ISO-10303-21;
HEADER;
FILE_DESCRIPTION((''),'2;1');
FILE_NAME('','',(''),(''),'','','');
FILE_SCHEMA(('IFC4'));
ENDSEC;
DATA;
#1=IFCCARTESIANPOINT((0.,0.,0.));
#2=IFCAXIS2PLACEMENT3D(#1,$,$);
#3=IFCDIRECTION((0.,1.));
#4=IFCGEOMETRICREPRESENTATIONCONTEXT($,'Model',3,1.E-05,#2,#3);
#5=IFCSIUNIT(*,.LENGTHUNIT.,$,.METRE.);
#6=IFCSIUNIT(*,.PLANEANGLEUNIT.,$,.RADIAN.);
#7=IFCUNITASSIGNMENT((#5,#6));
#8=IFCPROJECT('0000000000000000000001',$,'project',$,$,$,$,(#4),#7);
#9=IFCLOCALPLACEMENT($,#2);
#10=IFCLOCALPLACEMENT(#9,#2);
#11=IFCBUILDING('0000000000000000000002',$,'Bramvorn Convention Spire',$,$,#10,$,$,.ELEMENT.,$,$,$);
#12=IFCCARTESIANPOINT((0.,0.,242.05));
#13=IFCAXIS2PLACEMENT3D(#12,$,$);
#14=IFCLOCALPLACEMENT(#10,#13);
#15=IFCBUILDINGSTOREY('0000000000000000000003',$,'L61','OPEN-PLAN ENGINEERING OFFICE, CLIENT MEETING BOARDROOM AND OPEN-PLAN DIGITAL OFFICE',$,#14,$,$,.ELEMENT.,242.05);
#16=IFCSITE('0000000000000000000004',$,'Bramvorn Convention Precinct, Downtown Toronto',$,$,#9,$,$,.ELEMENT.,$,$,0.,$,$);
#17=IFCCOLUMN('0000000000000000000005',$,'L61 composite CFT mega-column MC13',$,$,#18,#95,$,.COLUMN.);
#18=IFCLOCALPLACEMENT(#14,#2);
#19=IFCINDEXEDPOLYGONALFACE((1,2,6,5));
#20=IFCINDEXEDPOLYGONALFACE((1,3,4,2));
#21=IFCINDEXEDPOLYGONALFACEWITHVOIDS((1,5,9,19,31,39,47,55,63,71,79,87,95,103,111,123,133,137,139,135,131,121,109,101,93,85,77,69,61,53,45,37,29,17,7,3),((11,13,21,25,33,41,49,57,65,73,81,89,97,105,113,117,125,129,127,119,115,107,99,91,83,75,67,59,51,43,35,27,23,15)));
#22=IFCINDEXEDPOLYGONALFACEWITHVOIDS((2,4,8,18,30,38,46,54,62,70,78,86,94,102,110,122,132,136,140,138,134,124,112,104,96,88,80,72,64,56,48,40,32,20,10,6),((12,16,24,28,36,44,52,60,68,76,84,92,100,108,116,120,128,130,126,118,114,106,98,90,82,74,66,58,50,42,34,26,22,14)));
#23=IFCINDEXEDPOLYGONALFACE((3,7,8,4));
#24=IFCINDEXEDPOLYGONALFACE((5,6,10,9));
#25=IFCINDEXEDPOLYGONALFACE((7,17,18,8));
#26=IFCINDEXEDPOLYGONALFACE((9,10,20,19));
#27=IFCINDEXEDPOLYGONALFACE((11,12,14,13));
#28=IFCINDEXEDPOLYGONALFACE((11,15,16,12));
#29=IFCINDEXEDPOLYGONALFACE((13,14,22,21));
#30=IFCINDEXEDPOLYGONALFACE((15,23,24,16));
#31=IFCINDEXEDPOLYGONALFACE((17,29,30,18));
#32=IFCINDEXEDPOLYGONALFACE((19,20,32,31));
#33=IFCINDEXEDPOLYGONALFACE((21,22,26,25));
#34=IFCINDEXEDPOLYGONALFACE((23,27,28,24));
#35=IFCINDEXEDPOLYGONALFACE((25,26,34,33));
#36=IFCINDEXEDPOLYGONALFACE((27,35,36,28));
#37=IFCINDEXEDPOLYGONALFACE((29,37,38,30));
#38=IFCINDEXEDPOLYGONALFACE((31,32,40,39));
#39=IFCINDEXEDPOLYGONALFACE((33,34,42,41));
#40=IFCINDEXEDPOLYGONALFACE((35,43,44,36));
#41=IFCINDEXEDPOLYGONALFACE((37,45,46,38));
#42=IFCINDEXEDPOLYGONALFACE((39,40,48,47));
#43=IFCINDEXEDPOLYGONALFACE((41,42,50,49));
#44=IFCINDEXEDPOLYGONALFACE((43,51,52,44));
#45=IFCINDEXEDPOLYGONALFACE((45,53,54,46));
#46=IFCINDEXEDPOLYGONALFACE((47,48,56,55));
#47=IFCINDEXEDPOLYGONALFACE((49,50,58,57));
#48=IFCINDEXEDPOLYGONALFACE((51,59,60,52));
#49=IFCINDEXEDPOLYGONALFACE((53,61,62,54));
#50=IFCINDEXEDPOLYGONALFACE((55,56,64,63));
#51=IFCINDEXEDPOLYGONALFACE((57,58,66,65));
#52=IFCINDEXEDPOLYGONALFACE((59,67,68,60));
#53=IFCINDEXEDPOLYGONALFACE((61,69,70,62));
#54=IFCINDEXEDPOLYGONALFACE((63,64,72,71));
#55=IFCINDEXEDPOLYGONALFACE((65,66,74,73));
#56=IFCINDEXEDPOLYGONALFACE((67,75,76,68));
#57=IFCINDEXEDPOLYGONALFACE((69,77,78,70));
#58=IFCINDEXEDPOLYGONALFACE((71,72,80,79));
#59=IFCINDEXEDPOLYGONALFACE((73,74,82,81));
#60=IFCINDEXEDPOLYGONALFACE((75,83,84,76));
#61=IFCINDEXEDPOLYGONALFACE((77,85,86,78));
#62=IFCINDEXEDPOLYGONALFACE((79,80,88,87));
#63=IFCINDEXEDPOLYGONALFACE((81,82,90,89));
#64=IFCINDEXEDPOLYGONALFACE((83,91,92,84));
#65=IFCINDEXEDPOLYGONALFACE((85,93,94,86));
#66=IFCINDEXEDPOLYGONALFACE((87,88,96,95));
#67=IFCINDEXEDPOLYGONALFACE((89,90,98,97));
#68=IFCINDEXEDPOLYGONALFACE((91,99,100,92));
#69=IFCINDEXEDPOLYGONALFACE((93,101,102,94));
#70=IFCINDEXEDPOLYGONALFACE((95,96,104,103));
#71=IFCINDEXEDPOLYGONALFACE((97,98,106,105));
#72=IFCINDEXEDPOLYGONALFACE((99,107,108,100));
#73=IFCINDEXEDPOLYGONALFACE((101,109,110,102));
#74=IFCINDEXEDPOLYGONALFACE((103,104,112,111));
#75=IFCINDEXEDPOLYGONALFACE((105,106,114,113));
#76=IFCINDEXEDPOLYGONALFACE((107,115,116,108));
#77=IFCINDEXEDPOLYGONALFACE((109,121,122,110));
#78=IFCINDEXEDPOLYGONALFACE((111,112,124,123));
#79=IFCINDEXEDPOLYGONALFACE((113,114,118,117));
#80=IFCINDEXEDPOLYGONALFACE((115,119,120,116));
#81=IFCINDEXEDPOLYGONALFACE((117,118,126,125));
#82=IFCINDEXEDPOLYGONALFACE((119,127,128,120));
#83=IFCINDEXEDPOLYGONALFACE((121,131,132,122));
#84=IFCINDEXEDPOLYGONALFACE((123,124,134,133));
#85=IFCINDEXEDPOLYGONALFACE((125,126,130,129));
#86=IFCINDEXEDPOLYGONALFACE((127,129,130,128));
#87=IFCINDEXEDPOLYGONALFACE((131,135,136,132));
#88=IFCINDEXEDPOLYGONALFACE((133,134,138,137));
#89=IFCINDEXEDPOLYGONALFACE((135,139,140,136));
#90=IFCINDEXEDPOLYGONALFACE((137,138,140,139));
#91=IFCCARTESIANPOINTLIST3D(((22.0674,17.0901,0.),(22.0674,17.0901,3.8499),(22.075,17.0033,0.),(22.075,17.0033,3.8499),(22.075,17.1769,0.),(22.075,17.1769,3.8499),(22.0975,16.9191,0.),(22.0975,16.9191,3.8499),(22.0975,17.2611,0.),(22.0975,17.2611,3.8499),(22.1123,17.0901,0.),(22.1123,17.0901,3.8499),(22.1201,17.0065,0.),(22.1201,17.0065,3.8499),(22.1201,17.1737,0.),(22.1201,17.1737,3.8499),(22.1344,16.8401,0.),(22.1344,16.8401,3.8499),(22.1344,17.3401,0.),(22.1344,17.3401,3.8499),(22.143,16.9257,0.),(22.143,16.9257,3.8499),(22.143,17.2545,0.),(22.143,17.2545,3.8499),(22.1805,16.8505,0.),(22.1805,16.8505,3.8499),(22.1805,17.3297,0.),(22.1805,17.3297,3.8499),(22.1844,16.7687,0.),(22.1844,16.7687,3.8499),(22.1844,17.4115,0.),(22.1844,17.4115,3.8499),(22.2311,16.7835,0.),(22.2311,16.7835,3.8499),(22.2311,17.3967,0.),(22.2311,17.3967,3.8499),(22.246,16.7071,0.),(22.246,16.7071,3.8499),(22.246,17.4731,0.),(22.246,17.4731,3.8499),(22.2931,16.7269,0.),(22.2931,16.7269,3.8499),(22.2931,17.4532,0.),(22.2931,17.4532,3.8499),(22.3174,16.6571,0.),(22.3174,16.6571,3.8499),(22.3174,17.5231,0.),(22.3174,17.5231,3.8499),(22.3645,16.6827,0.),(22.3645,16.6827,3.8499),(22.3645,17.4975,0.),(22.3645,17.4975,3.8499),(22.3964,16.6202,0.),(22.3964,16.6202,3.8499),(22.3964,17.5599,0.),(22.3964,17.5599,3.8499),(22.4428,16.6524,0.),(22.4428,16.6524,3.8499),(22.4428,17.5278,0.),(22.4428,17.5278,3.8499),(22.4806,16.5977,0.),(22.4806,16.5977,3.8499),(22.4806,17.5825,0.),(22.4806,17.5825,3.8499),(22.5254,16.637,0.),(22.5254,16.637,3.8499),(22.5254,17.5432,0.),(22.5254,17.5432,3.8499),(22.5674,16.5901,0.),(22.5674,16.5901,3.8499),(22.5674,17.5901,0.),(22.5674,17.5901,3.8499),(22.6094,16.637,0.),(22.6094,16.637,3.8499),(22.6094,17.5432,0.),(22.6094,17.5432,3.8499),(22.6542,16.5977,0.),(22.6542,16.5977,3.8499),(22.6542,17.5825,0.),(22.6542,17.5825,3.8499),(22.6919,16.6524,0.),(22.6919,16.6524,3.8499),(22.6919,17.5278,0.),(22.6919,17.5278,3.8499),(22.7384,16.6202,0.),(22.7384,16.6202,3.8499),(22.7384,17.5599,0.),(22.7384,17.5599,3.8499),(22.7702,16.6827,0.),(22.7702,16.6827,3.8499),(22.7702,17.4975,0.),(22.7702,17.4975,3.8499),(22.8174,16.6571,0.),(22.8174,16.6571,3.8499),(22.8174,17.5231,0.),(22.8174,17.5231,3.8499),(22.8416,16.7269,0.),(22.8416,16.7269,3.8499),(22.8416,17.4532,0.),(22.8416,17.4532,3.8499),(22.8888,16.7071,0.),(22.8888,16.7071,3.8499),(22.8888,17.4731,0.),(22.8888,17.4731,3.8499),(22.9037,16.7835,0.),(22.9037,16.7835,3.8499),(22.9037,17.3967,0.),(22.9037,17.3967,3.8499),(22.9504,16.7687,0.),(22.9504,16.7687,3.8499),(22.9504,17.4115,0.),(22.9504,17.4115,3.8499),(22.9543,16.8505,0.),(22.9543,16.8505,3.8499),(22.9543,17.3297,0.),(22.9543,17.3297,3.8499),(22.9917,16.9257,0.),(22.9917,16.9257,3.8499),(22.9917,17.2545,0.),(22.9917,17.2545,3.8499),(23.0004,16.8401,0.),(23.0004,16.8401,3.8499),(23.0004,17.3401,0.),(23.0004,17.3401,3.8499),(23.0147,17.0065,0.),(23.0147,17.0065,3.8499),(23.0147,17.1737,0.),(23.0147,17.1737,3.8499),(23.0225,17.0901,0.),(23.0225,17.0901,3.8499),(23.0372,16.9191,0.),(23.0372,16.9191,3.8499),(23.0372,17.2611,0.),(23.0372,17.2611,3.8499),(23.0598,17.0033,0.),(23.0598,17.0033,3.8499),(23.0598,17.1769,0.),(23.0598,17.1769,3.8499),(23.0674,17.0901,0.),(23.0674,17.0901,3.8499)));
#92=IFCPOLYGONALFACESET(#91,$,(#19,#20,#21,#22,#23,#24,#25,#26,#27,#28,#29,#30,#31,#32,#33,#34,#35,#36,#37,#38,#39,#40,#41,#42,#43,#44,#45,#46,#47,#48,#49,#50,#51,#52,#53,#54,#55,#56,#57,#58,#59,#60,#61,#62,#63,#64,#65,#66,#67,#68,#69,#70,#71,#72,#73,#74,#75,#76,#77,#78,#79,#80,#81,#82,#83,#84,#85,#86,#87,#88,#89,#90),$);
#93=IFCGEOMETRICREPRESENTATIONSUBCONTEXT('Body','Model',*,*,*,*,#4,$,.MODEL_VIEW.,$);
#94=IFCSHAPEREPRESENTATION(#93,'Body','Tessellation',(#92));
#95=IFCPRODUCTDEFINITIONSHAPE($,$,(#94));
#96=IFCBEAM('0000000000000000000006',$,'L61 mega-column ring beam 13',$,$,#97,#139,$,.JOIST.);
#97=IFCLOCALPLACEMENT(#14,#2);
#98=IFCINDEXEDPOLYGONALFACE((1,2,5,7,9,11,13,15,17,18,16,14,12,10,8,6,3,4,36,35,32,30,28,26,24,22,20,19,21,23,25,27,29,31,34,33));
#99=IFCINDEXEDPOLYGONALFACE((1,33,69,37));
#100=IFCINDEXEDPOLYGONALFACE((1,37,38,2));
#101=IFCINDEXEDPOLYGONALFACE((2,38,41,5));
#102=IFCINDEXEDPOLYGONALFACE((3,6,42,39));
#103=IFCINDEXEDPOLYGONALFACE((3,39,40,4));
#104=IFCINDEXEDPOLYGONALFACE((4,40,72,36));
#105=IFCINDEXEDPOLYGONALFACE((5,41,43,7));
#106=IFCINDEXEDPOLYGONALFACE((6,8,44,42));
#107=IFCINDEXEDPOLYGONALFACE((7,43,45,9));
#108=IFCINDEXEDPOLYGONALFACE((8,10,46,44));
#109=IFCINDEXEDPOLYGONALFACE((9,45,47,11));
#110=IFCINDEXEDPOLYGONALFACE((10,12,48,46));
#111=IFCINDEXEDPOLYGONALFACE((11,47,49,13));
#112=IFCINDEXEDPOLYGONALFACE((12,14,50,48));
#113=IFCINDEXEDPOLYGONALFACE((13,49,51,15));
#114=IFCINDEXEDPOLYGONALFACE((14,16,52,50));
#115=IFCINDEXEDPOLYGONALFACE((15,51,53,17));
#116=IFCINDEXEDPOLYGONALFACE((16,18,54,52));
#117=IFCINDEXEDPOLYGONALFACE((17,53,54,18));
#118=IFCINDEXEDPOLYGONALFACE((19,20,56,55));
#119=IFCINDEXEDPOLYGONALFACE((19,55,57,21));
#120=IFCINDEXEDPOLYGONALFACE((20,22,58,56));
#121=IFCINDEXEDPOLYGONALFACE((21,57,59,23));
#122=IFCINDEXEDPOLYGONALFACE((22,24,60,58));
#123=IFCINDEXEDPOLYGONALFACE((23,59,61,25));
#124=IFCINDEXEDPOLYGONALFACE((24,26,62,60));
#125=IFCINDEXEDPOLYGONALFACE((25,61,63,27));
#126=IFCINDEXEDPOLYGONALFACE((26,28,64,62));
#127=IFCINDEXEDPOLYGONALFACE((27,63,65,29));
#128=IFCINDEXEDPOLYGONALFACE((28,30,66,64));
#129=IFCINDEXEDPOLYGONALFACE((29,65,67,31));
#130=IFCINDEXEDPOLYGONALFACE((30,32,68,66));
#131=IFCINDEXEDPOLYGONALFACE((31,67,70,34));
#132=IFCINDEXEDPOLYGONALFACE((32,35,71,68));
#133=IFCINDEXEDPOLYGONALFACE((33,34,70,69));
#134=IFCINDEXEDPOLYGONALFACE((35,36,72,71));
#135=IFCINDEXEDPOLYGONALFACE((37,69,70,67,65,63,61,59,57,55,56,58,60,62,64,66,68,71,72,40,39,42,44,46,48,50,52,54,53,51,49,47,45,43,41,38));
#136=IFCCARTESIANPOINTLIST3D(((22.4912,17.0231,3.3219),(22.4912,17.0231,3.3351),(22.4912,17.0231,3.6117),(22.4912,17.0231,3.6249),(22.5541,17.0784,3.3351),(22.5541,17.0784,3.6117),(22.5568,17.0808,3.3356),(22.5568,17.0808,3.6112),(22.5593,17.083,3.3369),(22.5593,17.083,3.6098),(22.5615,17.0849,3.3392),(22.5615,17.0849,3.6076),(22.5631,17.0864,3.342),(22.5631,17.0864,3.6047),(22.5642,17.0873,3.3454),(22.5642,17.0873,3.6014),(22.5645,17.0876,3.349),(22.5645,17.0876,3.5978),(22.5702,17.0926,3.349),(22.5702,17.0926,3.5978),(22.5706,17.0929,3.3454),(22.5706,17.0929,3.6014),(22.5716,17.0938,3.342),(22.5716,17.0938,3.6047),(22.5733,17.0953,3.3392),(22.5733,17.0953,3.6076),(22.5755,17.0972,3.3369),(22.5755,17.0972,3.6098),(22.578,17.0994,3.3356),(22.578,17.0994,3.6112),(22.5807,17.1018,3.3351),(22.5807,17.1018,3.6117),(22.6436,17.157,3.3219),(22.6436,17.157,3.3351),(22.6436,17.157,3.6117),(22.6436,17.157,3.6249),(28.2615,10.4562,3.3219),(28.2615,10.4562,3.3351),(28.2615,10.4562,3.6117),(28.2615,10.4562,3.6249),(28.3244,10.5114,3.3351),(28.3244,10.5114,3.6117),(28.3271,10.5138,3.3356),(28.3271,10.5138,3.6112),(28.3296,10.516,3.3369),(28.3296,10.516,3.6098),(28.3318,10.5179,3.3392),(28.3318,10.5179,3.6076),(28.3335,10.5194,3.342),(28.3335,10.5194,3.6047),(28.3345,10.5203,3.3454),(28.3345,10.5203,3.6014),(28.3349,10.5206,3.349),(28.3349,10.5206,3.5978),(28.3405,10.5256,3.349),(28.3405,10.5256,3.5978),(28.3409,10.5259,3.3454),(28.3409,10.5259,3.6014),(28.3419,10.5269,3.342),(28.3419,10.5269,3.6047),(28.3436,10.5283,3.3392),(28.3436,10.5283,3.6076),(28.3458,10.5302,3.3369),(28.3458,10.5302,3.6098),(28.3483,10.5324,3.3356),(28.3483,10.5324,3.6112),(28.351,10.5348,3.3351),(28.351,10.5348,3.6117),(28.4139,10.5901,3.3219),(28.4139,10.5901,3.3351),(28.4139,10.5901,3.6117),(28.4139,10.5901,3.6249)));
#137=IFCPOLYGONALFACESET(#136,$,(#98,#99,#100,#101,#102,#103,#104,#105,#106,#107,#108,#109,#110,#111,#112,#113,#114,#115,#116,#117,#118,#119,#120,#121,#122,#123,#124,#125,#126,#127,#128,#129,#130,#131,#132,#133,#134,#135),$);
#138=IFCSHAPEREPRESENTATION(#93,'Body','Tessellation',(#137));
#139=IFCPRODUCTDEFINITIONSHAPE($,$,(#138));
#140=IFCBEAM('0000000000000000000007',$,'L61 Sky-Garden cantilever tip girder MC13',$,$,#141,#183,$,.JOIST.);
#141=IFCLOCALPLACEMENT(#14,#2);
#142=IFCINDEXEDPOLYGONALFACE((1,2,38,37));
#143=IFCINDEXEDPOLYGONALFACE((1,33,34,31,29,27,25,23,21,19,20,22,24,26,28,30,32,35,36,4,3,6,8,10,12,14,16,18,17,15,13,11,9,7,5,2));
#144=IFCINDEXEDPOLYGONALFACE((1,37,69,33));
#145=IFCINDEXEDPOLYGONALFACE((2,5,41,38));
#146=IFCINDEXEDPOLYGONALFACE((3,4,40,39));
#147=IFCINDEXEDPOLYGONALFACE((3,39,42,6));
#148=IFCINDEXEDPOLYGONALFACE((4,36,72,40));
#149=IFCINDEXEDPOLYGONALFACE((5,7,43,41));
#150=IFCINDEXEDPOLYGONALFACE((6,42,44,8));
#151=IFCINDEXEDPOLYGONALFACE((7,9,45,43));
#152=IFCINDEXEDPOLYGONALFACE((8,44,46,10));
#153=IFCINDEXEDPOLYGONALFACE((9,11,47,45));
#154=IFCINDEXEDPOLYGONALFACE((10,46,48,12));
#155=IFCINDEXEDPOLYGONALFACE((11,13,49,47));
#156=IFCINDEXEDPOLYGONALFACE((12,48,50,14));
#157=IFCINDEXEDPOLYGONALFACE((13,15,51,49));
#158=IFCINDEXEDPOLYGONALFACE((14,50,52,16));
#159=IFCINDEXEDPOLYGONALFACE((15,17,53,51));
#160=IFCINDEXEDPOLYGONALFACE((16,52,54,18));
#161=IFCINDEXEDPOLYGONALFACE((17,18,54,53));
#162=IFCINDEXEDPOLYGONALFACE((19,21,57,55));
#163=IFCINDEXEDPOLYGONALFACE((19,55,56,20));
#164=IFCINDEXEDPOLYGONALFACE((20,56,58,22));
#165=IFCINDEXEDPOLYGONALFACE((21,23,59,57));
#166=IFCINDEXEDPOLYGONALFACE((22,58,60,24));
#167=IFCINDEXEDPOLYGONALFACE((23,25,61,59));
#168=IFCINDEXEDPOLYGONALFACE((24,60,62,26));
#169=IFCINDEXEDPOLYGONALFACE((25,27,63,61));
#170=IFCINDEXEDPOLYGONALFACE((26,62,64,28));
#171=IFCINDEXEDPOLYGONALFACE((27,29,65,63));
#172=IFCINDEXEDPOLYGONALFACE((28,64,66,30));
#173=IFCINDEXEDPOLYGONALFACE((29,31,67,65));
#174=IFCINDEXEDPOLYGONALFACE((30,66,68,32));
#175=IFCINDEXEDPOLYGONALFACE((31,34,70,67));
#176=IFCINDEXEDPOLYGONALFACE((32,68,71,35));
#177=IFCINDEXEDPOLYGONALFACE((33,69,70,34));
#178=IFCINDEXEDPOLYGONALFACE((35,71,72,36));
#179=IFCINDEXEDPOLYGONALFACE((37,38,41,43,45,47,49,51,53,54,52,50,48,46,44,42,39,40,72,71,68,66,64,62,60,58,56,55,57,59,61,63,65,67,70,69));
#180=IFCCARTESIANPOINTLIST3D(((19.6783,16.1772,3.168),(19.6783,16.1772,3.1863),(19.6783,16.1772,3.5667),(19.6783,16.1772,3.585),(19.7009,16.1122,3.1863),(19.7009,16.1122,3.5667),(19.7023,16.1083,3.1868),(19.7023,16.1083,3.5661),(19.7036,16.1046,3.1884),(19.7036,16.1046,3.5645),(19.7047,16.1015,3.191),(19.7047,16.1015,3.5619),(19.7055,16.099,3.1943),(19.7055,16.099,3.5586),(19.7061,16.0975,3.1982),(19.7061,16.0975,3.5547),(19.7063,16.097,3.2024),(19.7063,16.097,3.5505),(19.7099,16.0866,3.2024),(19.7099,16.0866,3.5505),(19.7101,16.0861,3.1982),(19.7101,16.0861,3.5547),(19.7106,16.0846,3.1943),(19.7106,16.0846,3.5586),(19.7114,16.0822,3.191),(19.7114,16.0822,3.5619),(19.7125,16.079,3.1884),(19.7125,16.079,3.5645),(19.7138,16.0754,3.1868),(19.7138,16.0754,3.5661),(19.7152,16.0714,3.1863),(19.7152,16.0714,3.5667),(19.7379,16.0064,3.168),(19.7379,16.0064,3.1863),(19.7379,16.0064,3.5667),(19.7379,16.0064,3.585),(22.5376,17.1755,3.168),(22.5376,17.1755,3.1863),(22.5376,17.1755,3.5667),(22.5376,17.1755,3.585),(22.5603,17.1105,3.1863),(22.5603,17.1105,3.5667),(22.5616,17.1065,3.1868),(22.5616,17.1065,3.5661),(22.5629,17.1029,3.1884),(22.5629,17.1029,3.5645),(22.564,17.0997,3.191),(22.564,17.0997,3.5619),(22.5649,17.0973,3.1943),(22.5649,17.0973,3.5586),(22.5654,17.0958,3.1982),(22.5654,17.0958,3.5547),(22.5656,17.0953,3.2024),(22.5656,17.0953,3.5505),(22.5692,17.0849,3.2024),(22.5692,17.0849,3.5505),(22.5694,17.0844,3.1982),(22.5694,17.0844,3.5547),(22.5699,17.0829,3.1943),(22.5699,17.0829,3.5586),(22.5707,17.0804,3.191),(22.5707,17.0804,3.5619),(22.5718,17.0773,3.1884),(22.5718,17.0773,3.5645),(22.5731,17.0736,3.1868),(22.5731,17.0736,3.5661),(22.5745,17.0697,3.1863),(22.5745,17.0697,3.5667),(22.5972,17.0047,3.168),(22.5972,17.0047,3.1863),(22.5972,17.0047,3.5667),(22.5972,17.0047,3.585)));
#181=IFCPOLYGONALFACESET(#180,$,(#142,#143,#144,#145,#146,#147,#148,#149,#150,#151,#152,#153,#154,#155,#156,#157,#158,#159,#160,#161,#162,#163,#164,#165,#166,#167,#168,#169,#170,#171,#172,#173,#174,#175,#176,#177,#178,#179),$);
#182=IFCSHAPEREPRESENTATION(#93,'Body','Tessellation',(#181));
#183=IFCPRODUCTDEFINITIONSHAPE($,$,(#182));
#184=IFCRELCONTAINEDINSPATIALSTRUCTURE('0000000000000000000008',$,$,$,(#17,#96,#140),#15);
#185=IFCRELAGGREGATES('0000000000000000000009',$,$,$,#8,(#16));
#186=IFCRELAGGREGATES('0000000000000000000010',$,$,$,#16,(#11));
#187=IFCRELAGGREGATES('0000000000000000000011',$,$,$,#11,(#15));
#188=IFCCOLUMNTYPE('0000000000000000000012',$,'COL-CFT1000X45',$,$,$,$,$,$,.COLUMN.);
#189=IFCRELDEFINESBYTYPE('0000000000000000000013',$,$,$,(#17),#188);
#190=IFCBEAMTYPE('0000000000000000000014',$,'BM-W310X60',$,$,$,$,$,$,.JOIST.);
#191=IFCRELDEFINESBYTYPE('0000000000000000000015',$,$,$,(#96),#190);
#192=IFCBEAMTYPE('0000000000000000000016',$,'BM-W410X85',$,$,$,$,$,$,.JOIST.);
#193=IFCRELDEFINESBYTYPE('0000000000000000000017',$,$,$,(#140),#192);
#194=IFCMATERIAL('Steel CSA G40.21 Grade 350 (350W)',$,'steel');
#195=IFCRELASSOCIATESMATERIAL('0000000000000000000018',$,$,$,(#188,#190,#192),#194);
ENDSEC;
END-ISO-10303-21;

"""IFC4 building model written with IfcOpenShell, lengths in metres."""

from ifc_helpers import new_model, si_unit, direction, frame, origin, origin_2d, place, context, subcontext, project, spatial, hollow_circle, i_section, extrude, material, material_profile, profile_set, type_object, element, save


model = new_model("IFC4")

# Units and contexts
model_context = context("Model", 3, precision=1e-05, world=origin(), true_north=direction((0.0, 1.0)))
body_context = subcontext(model_context, "Body", "Model", "MODEL_VIEW")
ifc_project = project(units=[si_unit("LENGTHUNIT", "METRE"), si_unit("PLANEANGLEUNIT", "RADIAN")], contexts=[model_context])

# Site, building, storey
site_placement = place(None, origin())
site = spatial("IfcSite", under=ifc_project, at=site_placement, Name="Bramvorn Convention Precinct, Downtown Toronto", CompositionType="ELEMENT", RefElevation=0.0)
building_placement = place(site_placement, origin())
building = spatial("IfcBuilding", under=site, at=building_placement, Name="Bramvorn Convention Spire", CompositionType="ELEMENT")
storey_placement = place(building_placement, frame((0.0, 0.0, 242.05)))
storey = spatial("IfcBuildingStorey", under=building, at=storey_placement, Name="L61", Description="OPEN-PLAN ENGINEERING OFFICE, CLIENT MEETING BOARDROOM AND OPEN-PLAN DIGITAL OFFICE", CompositionType="ELEMENT", Elevation=242.05)

# Column
ifc_material_1 = material(Name="Steel CSA G40.21 Grade 350 (350W)", Category="steel")
ifc_material_profile_1 = material_profile(ifc_material_1, hollow_circle(Radius=0.5, WallThickness=0.0449, at=origin_2d()))
ifc_profile_set_1 = profile_set([ifc_material_profile_1], Name="Steel CSA G40.21 Grade 350 (350W) - CFT1000X45")
column_type = type_object("IfcColumnType", Name="COL-CFT1000X45", PredefinedType="COLUMN", material=ifc_profile_set_1)
column_placement = place(storey_placement, frame((22.5674, 17.0901, 0.0), z_axis=(0.0, 0.0, 1.0), x_axis=(1.0, 0.0, 0.0)))
element("IfcColumn", 1, at=column_placement, inside=storey, type_object=column_type, Name="L61 composite CFT mega-column MC13", PredefinedType="COLUMN", context=body_context, shape_type="SweptSolid", body=[
    extrude(hollow_circle(Radius=0.5, WallThickness=0.0449, at=origin_2d()), origin(), (0.0, 0.0, 1.0), 3.8499),
])

# Beams
ifc_material_profile_2 = material_profile(ifc_material_1, i_section(OverallWidth=0.2029, OverallDepth=0.303, WebThickness=0.0076, FlangeThickness=0.0132, FilletRadius=0.0139, at=origin_2d()))
ifc_profile_set_2 = profile_set([ifc_material_profile_2], Name="Steel CSA G40.21 Grade 350 (350W) - W310X60")
beam_type_1 = type_object("IfcBeamType", Name="BM-W310X60", PredefinedType="JOIST", material=ifc_profile_set_2)
beam_1_placement = place(storey_placement, frame((22.5674, 17.0901, 3.4734), z_axis=(0.660073, -0.751201, 0.0), x_axis=(0.751201, 0.660073, 0.0)))
element("IfcBeam", 2, at=beam_1_placement, inside=storey, type_object=beam_type_1, Name="L61 mega-column ring beam 13", PredefinedType="JOIST", context=body_context, shape_type="SweptSolid", body=[
    extrude(i_section(OverallWidth=0.2029, OverallDepth=0.303, WebThickness=0.0076, FlangeThickness=0.0132, FilletRadius=0.0139, at=origin_2d()), origin(), (0.0, 0.0, 1.0), 8.7419),
])
ifc_material_profile_3 = material_profile(ifc_material_1, i_section(OverallWidth=0.1809, OverallDepth=0.417, WebThickness=0.011, FlangeThickness=0.0183, FilletRadius=0.0161, at=origin_2d()))
ifc_profile_set_3 = profile_set([ifc_material_profile_3], Name="Steel CSA G40.21 Grade 350 (350W) - W410X85")
beam_type_2 = type_object("IfcBeamType", Name="BM-W410X85", PredefinedType="JOIST", material=ifc_profile_set_3)
beam_2_placement = place(storey_placement, frame((22.5674, 17.0901, 3.3765), z_axis=(-0.944114, -0.329618, 0.0), x_axis=(0.329618, -0.944114, 0.0)))
element("IfcBeam", 3, at=beam_2_placement, inside=storey, type_object=beam_type_2, Name="L61 Sky-Garden cantilever tip girder MC13", PredefinedType="JOIST", context=body_context, shape_type="SweptSolid", body=[
    extrude(i_section(OverallWidth=0.1809, OverallDepth=0.417, WebThickness=0.011, FlangeThickness=0.0183, FilletRadius=0.0161, at=origin_2d()), origin(), (0.0, 0.0, 1.0), 3.0286),
])

save(model, "model.ifc")
